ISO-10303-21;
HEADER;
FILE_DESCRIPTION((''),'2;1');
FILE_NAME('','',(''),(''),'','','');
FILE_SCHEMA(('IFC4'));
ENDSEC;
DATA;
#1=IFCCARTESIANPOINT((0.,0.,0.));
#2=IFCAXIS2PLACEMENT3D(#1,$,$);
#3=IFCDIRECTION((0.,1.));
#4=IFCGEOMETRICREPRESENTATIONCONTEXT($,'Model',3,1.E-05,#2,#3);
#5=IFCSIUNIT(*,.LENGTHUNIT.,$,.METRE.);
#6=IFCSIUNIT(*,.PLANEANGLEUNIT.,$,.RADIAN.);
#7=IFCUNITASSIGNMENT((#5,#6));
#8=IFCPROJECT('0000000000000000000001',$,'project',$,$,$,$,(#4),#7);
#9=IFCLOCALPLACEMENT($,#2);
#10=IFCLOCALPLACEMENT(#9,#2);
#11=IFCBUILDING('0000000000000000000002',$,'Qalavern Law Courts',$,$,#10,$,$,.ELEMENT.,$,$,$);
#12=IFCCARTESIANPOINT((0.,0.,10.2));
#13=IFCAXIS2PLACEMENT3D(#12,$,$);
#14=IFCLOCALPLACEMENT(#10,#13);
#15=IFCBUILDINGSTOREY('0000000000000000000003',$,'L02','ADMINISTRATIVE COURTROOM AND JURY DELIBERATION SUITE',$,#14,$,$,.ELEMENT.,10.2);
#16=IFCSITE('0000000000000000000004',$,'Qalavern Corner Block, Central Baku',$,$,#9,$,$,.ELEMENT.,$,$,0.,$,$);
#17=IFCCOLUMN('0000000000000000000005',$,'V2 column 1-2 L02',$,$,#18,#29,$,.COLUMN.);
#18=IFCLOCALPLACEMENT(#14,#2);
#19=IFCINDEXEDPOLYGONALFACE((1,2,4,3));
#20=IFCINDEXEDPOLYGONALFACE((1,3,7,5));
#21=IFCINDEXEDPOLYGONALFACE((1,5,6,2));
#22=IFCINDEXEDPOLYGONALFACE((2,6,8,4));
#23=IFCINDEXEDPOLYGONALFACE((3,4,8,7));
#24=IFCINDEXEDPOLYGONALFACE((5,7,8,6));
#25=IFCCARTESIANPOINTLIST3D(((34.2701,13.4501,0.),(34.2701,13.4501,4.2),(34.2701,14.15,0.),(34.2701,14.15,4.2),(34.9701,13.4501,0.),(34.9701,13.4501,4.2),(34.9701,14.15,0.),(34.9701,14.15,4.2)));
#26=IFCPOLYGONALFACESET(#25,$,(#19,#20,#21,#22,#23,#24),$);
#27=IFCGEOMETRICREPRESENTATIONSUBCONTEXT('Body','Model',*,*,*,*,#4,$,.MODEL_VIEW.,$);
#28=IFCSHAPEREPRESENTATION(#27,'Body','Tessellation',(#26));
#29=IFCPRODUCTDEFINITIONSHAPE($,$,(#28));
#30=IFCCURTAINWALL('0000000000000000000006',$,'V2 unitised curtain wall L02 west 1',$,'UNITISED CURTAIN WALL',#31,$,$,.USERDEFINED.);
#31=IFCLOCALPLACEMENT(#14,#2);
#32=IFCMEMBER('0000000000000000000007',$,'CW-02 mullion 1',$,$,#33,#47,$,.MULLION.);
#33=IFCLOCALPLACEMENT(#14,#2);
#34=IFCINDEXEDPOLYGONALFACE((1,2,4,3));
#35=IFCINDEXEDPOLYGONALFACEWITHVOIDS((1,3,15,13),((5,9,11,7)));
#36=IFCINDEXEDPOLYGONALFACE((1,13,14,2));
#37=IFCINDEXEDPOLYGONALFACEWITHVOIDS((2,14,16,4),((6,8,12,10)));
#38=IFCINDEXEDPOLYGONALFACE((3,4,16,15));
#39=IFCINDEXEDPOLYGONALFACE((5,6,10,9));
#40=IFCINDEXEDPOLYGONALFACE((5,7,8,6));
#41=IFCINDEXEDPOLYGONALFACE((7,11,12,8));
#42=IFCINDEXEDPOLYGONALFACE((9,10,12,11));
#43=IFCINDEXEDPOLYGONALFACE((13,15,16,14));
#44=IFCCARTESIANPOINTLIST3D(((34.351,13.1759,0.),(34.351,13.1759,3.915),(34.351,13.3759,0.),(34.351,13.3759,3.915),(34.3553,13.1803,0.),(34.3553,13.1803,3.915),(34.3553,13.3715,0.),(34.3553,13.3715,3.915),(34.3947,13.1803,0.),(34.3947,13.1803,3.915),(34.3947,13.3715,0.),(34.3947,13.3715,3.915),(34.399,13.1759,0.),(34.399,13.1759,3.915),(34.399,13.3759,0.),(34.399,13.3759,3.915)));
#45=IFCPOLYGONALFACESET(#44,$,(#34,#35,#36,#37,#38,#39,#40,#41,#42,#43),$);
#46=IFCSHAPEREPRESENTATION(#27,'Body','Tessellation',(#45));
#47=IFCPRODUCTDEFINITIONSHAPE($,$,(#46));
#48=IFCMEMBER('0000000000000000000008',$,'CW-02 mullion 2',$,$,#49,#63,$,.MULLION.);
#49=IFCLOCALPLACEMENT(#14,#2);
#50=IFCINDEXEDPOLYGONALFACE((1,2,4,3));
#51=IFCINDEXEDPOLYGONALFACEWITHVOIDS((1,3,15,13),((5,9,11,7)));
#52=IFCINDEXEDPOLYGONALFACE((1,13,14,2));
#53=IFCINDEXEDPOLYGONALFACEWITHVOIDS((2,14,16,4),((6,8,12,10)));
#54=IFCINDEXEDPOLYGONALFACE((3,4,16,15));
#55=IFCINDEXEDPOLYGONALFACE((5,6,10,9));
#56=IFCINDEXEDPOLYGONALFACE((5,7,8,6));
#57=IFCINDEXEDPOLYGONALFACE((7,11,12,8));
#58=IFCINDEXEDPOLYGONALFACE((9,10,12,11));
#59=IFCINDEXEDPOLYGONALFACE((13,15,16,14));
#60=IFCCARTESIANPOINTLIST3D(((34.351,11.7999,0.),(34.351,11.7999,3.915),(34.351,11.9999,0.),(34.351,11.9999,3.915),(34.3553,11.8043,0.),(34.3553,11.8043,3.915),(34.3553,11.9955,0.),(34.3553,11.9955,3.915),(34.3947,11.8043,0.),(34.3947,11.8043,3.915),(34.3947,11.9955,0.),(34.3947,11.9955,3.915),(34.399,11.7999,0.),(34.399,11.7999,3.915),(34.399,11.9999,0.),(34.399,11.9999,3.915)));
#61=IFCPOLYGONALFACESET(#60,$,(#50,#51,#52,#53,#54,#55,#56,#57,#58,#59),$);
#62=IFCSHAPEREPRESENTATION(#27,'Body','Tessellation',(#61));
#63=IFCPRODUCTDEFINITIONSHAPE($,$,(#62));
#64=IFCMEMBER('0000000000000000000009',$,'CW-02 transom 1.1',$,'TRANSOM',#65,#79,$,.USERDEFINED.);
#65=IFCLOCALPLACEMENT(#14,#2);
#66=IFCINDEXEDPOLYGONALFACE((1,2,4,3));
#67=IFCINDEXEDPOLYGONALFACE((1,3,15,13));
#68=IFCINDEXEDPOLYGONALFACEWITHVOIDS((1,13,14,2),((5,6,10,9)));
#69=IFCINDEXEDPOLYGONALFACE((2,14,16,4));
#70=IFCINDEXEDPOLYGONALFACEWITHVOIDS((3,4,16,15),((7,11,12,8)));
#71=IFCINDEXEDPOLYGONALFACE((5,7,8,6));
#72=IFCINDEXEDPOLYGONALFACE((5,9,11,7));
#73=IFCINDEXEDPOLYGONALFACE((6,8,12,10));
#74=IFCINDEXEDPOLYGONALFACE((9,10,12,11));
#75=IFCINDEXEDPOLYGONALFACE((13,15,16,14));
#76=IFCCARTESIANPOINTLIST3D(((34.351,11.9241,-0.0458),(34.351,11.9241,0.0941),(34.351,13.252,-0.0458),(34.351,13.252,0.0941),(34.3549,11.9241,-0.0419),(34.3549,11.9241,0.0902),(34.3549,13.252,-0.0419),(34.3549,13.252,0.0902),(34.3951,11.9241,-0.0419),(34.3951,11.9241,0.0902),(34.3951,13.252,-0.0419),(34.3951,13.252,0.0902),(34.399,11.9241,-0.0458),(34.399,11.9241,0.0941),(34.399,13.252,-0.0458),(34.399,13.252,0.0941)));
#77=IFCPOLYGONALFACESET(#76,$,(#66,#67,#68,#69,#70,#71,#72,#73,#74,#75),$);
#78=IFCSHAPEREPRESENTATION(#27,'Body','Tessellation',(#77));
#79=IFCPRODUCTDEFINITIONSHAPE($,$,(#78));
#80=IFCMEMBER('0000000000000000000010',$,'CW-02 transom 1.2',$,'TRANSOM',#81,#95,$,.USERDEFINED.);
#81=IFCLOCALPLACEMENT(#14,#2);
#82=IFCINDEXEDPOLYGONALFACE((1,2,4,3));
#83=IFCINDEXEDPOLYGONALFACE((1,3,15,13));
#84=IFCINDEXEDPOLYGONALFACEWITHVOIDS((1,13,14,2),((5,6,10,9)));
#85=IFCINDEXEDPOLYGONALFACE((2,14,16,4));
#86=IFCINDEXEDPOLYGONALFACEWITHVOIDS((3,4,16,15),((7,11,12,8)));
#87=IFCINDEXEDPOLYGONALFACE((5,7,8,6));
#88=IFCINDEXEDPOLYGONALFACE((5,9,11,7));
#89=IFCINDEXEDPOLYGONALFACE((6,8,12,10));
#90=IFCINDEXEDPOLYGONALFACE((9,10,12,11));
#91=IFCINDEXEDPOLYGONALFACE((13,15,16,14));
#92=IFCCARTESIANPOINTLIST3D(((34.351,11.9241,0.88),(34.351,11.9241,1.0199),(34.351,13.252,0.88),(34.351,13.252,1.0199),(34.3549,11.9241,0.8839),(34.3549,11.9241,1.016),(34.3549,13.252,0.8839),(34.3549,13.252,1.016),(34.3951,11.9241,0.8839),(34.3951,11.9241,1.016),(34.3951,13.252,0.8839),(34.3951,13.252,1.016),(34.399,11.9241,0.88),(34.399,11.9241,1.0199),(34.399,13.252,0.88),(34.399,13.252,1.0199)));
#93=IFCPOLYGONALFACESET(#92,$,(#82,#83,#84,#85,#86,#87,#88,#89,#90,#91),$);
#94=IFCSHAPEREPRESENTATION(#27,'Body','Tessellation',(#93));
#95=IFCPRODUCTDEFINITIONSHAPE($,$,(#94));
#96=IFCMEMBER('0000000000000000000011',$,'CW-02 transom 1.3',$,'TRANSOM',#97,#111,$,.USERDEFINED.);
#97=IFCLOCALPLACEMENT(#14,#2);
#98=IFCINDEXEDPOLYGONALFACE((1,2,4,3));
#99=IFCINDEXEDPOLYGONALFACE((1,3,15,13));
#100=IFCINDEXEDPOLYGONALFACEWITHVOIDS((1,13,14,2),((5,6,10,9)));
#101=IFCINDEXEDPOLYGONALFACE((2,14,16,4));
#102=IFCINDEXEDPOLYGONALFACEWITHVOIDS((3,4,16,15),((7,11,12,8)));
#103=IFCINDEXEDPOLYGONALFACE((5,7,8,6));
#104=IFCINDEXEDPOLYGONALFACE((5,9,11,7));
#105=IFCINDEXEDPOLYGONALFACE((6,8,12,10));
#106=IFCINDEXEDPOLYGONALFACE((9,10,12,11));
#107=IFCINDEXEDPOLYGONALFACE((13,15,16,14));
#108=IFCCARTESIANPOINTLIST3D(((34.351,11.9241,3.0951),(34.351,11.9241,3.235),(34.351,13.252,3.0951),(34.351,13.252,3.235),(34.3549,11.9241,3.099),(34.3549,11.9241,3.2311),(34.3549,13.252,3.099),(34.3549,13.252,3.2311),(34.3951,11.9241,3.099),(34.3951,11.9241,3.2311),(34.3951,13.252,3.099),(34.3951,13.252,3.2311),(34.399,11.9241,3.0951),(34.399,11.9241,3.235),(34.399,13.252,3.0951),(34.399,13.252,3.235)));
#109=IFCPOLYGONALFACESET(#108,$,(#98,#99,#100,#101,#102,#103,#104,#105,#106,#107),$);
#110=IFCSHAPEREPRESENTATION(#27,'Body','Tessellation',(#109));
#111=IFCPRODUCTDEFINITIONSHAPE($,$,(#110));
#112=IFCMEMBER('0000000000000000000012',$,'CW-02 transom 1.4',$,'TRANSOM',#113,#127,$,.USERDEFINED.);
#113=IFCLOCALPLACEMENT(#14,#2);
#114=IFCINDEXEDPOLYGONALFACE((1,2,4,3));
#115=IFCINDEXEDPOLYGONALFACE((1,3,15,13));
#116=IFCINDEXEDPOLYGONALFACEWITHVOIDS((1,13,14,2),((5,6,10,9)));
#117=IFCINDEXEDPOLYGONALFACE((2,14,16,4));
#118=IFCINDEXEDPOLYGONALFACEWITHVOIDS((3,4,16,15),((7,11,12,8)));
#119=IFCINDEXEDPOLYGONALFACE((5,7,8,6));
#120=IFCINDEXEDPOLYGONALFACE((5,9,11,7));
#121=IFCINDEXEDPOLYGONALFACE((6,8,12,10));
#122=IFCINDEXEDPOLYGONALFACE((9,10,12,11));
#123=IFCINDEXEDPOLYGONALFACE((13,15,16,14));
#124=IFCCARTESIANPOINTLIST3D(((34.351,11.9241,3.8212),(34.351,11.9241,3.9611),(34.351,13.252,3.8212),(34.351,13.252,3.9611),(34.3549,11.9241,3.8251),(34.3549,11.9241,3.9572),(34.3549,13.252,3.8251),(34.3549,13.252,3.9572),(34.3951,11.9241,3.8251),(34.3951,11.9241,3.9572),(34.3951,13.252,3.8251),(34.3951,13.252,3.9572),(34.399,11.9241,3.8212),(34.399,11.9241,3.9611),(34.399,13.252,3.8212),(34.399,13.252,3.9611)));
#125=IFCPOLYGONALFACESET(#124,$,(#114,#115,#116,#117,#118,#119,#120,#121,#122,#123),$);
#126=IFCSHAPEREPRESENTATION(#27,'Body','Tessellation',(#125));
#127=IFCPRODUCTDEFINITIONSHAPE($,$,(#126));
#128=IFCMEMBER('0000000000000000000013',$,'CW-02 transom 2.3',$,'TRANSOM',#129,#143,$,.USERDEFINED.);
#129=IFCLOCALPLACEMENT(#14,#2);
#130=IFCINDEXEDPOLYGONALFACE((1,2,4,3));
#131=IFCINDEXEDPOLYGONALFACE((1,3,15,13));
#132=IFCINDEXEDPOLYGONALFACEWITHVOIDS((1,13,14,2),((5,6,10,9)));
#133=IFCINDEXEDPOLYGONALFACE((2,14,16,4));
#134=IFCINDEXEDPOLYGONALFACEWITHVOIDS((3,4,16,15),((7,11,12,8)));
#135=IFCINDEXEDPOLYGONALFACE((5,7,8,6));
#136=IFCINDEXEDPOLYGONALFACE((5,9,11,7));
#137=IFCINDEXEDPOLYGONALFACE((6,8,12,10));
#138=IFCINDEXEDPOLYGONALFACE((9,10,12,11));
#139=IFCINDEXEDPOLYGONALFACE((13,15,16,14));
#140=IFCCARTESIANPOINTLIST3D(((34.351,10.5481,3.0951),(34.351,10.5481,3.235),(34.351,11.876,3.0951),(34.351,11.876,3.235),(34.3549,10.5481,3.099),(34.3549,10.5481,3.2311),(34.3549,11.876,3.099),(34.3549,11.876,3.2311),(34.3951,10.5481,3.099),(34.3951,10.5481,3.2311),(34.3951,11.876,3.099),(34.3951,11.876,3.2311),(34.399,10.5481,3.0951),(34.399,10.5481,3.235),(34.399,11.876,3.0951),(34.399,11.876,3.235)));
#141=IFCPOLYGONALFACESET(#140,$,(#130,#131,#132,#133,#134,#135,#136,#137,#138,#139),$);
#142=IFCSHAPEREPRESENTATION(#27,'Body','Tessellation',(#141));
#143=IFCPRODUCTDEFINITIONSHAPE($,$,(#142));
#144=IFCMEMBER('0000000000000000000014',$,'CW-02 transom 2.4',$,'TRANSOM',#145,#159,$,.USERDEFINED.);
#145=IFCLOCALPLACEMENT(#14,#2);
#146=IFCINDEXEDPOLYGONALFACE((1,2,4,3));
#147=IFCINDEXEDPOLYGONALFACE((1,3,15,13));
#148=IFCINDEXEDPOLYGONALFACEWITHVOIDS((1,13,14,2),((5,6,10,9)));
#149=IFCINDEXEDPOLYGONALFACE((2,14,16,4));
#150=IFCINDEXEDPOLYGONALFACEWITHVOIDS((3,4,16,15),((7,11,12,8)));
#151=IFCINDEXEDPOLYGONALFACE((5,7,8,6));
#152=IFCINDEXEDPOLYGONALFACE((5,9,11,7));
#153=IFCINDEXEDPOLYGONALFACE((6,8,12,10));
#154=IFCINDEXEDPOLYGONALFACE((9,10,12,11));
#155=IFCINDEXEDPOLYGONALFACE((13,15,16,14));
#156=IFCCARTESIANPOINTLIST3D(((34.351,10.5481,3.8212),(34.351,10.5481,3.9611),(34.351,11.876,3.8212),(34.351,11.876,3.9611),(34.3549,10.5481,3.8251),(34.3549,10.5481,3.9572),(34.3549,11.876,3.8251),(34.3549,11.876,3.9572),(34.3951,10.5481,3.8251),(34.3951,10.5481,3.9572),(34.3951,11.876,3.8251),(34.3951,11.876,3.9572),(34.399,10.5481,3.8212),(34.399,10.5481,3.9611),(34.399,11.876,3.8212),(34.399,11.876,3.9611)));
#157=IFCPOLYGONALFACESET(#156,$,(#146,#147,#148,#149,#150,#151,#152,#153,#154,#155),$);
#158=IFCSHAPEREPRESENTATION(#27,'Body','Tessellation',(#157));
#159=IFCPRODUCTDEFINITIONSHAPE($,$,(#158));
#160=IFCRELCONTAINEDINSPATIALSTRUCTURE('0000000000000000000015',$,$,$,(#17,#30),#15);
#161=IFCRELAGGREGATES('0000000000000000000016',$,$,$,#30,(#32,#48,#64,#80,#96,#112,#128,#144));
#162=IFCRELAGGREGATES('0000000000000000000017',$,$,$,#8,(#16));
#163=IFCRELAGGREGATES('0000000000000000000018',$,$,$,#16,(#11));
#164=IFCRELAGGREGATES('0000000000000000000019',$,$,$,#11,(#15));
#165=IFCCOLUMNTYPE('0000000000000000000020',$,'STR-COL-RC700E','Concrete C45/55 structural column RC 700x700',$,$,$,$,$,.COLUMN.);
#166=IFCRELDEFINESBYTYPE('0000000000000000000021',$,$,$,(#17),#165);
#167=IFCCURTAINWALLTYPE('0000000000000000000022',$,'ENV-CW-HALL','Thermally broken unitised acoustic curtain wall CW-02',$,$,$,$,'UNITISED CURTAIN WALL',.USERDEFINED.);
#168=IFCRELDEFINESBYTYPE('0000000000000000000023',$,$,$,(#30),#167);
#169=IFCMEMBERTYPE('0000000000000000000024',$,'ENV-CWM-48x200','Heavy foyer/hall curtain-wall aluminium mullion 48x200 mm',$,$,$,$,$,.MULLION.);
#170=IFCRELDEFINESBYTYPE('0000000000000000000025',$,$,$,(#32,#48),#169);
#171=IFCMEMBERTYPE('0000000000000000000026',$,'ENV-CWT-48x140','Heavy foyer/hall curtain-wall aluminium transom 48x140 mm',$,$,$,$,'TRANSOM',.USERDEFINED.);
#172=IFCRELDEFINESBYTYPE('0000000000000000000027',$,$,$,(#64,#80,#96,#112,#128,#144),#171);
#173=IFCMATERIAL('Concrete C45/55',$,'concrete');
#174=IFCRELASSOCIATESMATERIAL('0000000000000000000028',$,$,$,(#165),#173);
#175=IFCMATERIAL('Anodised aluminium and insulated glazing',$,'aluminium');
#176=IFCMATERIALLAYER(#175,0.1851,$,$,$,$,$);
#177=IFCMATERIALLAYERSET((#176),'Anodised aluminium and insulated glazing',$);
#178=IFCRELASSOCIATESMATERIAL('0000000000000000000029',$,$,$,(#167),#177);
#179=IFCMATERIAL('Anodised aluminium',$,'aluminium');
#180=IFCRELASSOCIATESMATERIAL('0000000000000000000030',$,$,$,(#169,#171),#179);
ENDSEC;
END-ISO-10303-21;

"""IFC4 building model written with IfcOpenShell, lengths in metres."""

from ifc_helpers import new_model, si_unit, direction, frame, origin, origin_2d, place, context, subcontext, project, spatial, rectangle, hollow_rectangle, extrude, material, layer, layer_set, material_profile, profile_set, type_object, element, aggregate, save


model = new_model("IFC4")

# Units and contexts
model_context = context("Model", 3, precision=1e-05, world=origin(), true_north=direction((0.0, 1.0)))
body_context = subcontext(model_context, "Body", "Model", "MODEL_VIEW")
ifc_project = project(units=[si_unit("LENGTHUNIT", "METRE"), si_unit("PLANEANGLEUNIT", "RADIAN")], contexts=[model_context])

# Site, building, storey
site_placement = place(None, origin())
site = spatial("IfcSite", under=ifc_project, at=site_placement, Name="Qalavern Corner Block, Central Baku", CompositionType="ELEMENT", RefElevation=0.0)
building_placement = place(site_placement, origin())
building = spatial("IfcBuilding", under=site, at=building_placement, Name="Qalavern Law Courts", CompositionType="ELEMENT")
storey_placement = place(building_placement, frame((0.0, 0.0, 10.2)))
storey = spatial("IfcBuildingStorey", under=building, at=storey_placement, Name="L02", Description="ADMINISTRATIVE COURTROOM AND JURY DELIBERATION SUITE", CompositionType="ELEMENT", Elevation=10.2)

# Column
ifc_material_1 = material(Name="Concrete C45/55", Category="concrete")
ifc_material_profile_1 = material_profile(ifc_material_1, rectangle(XDim=0.7, YDim=0.7, at=origin_2d()), Name="RC 700x700")
ifc_profile_set_1 = profile_set([ifc_material_profile_1], Name="Concrete C45/55")
column_type = type_object("IfcColumnType", Name="STR-COL-RC700E", Description="Concrete C45/55 structural column RC 700x700", PredefinedType="COLUMN", material=ifc_profile_set_1)
column_placement = place(storey_placement, frame((34.6201, 13.8, 0.0), z_axis=(0.0, 0.0, 1.0), x_axis=(1.0, 0.0, 0.0)))
element("IfcColumn", 1, at=column_placement, inside=storey, type_object=column_type, Name="V2 column 1-2 L02", PredefinedType="COLUMN", context=body_context, shape_type="SweptSolid", body=[
    extrude(rectangle(XDim=0.7, YDim=0.7, at=origin_2d()), origin(), (0.0, 0.0, 1.0), 4.2),
])

# Curtain wall, members
ifc_material_2 = material(Name="Anodised aluminium and insulated glazing", Category="aluminium")
ifc_layer_1 = layer(ifc_material_2, 0.1851)
ifc_layer_set_1 = layer_set([ifc_layer_1], Name="Anodised aluminium and insulated glazing")
curtain_wall_type = type_object("IfcCurtainWallType", Name="ENV-CW-HALL", Description="Thermally broken unitised acoustic curtain wall CW-02", ElementType="UNITISED CURTAIN WALL", PredefinedType="USERDEFINED", material=ifc_layer_set_1)
curtain_wall_placement = place(storey_placement, origin())
curtain_wall = element("IfcCurtainWall", 2, at=curtain_wall_placement, inside=storey, type_object=curtain_wall_type, Name="V2 unitised curtain wall L02 west 1", ObjectType="UNITISED CURTAIN WALL", PredefinedType="USERDEFINED")
ifc_material_3 = material(Name="Anodised aluminium", Category="aluminium")
ifc_material_profile_2 = material_profile(ifc_material_3, hollow_rectangle(XDim=0.0481, YDim=0.2, WallThickness=0.0044, at=origin_2d()), Name="ALU MULLION 48x200")
ifc_profile_set_2 = profile_set([ifc_material_profile_2], Name="Anodised aluminium")
member_type_1 = type_object("IfcMemberType", Name="ENV-CWM-48x200", Description="Heavy foyer/hall curtain-wall aluminium mullion 48x200 mm", PredefinedType="MULLION", material=ifc_profile_set_2)
member_1_placement = place(storey_placement, frame((34.375, 13.2759, 0.0), z_axis=(0.0, 0.0, 1.0), x_axis=(1.0, 0.0, 0.0)))
member_1 = element("IfcMember", 3, at=member_1_placement, type_object=member_type_1, Name="CW-02 mullion 1", PredefinedType="MULLION", context=body_context, shape_type="SweptSolid", body=[
    extrude(hollow_rectangle(XDim=0.0481, YDim=0.2, WallThickness=0.0044, at=origin_2d()), origin(), (0.0, 0.0, 1.0), 3.915),
])
member_2_placement = place(storey_placement, frame((34.375, 11.8999, 0.0), z_axis=(0.0, 0.0, 1.0), x_axis=(1.0, 0.0, 0.0)))
member_2 = element("IfcMember", 4, at=member_2_placement, type_object=member_type_1, Name="CW-02 mullion 2", PredefinedType="MULLION", context=body_context, shape_type="SweptSolid", body=[
    extrude(hollow_rectangle(XDim=0.0481, YDim=0.2, WallThickness=0.0044, at=origin_2d()), origin(), (0.0, 0.0, 1.0), 3.915),
])
ifc_material_profile_3 = material_profile(ifc_material_3, hollow_rectangle(XDim=0.0481, YDim=0.1399, WallThickness=0.0039, at=origin_2d()), Name="ALU TRANSOM 48x140")
ifc_profile_set_3 = profile_set([ifc_material_profile_3], Name="Anodised aluminium")
member_type_2 = type_object("IfcMemberType", Name="ENV-CWT-48x140", Description="Heavy foyer/hall curtain-wall aluminium transom 48x140 mm", ElementType="TRANSOM", PredefinedType="USERDEFINED", material=ifc_profile_set_3)
member_3_placement = place(storey_placement, frame((34.375, 13.252, 0.0242), z_axis=(0.0, -1.0, 0.0), x_axis=(1.0, 0.0, 0.0)))
member_3 = element("IfcMember", 5, at=member_3_placement, type_object=member_type_2, Name="CW-02 transom 1.1", ObjectType="TRANSOM", PredefinedType="USERDEFINED", context=body_context, shape_type="SweptSolid", body=[
    extrude(hollow_rectangle(XDim=0.0481, YDim=0.1399, WallThickness=0.0039, at=origin_2d()), origin(), (0.0, 0.0, 1.0), 1.3279),
])
member_4_placement = place(storey_placement, frame((34.375, 13.252, 0.95), z_axis=(0.0, -1.0, 0.0), x_axis=(1.0, 0.0, 0.0)))
member_4 = element("IfcMember", 6, at=member_4_placement, type_object=member_type_2, Name="CW-02 transom 1.2", ObjectType="TRANSOM", PredefinedType="USERDEFINED", context=body_context, shape_type="SweptSolid", body=[
    extrude(hollow_rectangle(XDim=0.0481, YDim=0.1399, WallThickness=0.0039, at=origin_2d()), origin(), (0.0, 0.0, 1.0), 1.3279),
])
member_5_placement = place(storey_placement, frame((34.375, 13.252, 3.165), z_axis=(0.0, -1.0, 0.0), x_axis=(1.0, 0.0, 0.0)))
member_5 = element("IfcMember", 7, at=member_5_placement, type_object=member_type_2, Name="CW-02 transom 1.3", ObjectType="TRANSOM", PredefinedType="USERDEFINED", context=body_context, shape_type="SweptSolid", body=[
    extrude(hollow_rectangle(XDim=0.0481, YDim=0.1399, WallThickness=0.0039, at=origin_2d()), origin(), (0.0, 0.0, 1.0), 1.3279),
])
member_6_placement = place(storey_placement, frame((34.375, 13.252, 3.8911), z_axis=(0.0, -1.0, 0.0), x_axis=(1.0, 0.0, 0.0)))
member_6 = element("IfcMember", 8, at=member_6_placement, type_object=member_type_2, Name="CW-02 transom 1.4", ObjectType="TRANSOM", PredefinedType="USERDEFINED", context=body_context, shape_type="SweptSolid", body=[
    extrude(hollow_rectangle(XDim=0.0481, YDim=0.1399, WallThickness=0.0039, at=origin_2d()), origin(), (0.0, 0.0, 1.0), 1.3279),
])
member_7_placement = place(storey_placement, frame((34.375, 11.876, 3.165), z_axis=(0.0, -1.0, 0.0), x_axis=(1.0, 0.0, 0.0)))
member_7 = element("IfcMember", 9, at=member_7_placement, type_object=member_type_2, Name="CW-02 transom 2.3", ObjectType="TRANSOM", PredefinedType="USERDEFINED", context=body_context, shape_type="SweptSolid", body=[
    extrude(hollow_rectangle(XDim=0.0481, YDim=0.1399, WallThickness=0.0039, at=origin_2d()), origin(), (0.0, 0.0, 1.0), 1.3279),
])
member_8_placement = place(storey_placement, frame((34.375, 11.876, 3.8911), z_axis=(0.0, -1.0, 0.0), x_axis=(1.0, 0.0, 0.0)))
member_8 = element("IfcMember", 10, at=member_8_placement, type_object=member_type_2, Name="CW-02 transom 2.4", ObjectType="TRANSOM", PredefinedType="USERDEFINED", context=body_context, shape_type="SweptSolid", body=[
    extrude(hollow_rectangle(XDim=0.0481, YDim=0.1399, WallThickness=0.0039, at=origin_2d()), origin(), (0.0, 0.0, 1.0), 1.3279),
])

aggregate(curtain_wall, [member_1, member_2, member_3, member_4, member_5, member_6, member_7, member_8])

save(model, "model.ifc")
